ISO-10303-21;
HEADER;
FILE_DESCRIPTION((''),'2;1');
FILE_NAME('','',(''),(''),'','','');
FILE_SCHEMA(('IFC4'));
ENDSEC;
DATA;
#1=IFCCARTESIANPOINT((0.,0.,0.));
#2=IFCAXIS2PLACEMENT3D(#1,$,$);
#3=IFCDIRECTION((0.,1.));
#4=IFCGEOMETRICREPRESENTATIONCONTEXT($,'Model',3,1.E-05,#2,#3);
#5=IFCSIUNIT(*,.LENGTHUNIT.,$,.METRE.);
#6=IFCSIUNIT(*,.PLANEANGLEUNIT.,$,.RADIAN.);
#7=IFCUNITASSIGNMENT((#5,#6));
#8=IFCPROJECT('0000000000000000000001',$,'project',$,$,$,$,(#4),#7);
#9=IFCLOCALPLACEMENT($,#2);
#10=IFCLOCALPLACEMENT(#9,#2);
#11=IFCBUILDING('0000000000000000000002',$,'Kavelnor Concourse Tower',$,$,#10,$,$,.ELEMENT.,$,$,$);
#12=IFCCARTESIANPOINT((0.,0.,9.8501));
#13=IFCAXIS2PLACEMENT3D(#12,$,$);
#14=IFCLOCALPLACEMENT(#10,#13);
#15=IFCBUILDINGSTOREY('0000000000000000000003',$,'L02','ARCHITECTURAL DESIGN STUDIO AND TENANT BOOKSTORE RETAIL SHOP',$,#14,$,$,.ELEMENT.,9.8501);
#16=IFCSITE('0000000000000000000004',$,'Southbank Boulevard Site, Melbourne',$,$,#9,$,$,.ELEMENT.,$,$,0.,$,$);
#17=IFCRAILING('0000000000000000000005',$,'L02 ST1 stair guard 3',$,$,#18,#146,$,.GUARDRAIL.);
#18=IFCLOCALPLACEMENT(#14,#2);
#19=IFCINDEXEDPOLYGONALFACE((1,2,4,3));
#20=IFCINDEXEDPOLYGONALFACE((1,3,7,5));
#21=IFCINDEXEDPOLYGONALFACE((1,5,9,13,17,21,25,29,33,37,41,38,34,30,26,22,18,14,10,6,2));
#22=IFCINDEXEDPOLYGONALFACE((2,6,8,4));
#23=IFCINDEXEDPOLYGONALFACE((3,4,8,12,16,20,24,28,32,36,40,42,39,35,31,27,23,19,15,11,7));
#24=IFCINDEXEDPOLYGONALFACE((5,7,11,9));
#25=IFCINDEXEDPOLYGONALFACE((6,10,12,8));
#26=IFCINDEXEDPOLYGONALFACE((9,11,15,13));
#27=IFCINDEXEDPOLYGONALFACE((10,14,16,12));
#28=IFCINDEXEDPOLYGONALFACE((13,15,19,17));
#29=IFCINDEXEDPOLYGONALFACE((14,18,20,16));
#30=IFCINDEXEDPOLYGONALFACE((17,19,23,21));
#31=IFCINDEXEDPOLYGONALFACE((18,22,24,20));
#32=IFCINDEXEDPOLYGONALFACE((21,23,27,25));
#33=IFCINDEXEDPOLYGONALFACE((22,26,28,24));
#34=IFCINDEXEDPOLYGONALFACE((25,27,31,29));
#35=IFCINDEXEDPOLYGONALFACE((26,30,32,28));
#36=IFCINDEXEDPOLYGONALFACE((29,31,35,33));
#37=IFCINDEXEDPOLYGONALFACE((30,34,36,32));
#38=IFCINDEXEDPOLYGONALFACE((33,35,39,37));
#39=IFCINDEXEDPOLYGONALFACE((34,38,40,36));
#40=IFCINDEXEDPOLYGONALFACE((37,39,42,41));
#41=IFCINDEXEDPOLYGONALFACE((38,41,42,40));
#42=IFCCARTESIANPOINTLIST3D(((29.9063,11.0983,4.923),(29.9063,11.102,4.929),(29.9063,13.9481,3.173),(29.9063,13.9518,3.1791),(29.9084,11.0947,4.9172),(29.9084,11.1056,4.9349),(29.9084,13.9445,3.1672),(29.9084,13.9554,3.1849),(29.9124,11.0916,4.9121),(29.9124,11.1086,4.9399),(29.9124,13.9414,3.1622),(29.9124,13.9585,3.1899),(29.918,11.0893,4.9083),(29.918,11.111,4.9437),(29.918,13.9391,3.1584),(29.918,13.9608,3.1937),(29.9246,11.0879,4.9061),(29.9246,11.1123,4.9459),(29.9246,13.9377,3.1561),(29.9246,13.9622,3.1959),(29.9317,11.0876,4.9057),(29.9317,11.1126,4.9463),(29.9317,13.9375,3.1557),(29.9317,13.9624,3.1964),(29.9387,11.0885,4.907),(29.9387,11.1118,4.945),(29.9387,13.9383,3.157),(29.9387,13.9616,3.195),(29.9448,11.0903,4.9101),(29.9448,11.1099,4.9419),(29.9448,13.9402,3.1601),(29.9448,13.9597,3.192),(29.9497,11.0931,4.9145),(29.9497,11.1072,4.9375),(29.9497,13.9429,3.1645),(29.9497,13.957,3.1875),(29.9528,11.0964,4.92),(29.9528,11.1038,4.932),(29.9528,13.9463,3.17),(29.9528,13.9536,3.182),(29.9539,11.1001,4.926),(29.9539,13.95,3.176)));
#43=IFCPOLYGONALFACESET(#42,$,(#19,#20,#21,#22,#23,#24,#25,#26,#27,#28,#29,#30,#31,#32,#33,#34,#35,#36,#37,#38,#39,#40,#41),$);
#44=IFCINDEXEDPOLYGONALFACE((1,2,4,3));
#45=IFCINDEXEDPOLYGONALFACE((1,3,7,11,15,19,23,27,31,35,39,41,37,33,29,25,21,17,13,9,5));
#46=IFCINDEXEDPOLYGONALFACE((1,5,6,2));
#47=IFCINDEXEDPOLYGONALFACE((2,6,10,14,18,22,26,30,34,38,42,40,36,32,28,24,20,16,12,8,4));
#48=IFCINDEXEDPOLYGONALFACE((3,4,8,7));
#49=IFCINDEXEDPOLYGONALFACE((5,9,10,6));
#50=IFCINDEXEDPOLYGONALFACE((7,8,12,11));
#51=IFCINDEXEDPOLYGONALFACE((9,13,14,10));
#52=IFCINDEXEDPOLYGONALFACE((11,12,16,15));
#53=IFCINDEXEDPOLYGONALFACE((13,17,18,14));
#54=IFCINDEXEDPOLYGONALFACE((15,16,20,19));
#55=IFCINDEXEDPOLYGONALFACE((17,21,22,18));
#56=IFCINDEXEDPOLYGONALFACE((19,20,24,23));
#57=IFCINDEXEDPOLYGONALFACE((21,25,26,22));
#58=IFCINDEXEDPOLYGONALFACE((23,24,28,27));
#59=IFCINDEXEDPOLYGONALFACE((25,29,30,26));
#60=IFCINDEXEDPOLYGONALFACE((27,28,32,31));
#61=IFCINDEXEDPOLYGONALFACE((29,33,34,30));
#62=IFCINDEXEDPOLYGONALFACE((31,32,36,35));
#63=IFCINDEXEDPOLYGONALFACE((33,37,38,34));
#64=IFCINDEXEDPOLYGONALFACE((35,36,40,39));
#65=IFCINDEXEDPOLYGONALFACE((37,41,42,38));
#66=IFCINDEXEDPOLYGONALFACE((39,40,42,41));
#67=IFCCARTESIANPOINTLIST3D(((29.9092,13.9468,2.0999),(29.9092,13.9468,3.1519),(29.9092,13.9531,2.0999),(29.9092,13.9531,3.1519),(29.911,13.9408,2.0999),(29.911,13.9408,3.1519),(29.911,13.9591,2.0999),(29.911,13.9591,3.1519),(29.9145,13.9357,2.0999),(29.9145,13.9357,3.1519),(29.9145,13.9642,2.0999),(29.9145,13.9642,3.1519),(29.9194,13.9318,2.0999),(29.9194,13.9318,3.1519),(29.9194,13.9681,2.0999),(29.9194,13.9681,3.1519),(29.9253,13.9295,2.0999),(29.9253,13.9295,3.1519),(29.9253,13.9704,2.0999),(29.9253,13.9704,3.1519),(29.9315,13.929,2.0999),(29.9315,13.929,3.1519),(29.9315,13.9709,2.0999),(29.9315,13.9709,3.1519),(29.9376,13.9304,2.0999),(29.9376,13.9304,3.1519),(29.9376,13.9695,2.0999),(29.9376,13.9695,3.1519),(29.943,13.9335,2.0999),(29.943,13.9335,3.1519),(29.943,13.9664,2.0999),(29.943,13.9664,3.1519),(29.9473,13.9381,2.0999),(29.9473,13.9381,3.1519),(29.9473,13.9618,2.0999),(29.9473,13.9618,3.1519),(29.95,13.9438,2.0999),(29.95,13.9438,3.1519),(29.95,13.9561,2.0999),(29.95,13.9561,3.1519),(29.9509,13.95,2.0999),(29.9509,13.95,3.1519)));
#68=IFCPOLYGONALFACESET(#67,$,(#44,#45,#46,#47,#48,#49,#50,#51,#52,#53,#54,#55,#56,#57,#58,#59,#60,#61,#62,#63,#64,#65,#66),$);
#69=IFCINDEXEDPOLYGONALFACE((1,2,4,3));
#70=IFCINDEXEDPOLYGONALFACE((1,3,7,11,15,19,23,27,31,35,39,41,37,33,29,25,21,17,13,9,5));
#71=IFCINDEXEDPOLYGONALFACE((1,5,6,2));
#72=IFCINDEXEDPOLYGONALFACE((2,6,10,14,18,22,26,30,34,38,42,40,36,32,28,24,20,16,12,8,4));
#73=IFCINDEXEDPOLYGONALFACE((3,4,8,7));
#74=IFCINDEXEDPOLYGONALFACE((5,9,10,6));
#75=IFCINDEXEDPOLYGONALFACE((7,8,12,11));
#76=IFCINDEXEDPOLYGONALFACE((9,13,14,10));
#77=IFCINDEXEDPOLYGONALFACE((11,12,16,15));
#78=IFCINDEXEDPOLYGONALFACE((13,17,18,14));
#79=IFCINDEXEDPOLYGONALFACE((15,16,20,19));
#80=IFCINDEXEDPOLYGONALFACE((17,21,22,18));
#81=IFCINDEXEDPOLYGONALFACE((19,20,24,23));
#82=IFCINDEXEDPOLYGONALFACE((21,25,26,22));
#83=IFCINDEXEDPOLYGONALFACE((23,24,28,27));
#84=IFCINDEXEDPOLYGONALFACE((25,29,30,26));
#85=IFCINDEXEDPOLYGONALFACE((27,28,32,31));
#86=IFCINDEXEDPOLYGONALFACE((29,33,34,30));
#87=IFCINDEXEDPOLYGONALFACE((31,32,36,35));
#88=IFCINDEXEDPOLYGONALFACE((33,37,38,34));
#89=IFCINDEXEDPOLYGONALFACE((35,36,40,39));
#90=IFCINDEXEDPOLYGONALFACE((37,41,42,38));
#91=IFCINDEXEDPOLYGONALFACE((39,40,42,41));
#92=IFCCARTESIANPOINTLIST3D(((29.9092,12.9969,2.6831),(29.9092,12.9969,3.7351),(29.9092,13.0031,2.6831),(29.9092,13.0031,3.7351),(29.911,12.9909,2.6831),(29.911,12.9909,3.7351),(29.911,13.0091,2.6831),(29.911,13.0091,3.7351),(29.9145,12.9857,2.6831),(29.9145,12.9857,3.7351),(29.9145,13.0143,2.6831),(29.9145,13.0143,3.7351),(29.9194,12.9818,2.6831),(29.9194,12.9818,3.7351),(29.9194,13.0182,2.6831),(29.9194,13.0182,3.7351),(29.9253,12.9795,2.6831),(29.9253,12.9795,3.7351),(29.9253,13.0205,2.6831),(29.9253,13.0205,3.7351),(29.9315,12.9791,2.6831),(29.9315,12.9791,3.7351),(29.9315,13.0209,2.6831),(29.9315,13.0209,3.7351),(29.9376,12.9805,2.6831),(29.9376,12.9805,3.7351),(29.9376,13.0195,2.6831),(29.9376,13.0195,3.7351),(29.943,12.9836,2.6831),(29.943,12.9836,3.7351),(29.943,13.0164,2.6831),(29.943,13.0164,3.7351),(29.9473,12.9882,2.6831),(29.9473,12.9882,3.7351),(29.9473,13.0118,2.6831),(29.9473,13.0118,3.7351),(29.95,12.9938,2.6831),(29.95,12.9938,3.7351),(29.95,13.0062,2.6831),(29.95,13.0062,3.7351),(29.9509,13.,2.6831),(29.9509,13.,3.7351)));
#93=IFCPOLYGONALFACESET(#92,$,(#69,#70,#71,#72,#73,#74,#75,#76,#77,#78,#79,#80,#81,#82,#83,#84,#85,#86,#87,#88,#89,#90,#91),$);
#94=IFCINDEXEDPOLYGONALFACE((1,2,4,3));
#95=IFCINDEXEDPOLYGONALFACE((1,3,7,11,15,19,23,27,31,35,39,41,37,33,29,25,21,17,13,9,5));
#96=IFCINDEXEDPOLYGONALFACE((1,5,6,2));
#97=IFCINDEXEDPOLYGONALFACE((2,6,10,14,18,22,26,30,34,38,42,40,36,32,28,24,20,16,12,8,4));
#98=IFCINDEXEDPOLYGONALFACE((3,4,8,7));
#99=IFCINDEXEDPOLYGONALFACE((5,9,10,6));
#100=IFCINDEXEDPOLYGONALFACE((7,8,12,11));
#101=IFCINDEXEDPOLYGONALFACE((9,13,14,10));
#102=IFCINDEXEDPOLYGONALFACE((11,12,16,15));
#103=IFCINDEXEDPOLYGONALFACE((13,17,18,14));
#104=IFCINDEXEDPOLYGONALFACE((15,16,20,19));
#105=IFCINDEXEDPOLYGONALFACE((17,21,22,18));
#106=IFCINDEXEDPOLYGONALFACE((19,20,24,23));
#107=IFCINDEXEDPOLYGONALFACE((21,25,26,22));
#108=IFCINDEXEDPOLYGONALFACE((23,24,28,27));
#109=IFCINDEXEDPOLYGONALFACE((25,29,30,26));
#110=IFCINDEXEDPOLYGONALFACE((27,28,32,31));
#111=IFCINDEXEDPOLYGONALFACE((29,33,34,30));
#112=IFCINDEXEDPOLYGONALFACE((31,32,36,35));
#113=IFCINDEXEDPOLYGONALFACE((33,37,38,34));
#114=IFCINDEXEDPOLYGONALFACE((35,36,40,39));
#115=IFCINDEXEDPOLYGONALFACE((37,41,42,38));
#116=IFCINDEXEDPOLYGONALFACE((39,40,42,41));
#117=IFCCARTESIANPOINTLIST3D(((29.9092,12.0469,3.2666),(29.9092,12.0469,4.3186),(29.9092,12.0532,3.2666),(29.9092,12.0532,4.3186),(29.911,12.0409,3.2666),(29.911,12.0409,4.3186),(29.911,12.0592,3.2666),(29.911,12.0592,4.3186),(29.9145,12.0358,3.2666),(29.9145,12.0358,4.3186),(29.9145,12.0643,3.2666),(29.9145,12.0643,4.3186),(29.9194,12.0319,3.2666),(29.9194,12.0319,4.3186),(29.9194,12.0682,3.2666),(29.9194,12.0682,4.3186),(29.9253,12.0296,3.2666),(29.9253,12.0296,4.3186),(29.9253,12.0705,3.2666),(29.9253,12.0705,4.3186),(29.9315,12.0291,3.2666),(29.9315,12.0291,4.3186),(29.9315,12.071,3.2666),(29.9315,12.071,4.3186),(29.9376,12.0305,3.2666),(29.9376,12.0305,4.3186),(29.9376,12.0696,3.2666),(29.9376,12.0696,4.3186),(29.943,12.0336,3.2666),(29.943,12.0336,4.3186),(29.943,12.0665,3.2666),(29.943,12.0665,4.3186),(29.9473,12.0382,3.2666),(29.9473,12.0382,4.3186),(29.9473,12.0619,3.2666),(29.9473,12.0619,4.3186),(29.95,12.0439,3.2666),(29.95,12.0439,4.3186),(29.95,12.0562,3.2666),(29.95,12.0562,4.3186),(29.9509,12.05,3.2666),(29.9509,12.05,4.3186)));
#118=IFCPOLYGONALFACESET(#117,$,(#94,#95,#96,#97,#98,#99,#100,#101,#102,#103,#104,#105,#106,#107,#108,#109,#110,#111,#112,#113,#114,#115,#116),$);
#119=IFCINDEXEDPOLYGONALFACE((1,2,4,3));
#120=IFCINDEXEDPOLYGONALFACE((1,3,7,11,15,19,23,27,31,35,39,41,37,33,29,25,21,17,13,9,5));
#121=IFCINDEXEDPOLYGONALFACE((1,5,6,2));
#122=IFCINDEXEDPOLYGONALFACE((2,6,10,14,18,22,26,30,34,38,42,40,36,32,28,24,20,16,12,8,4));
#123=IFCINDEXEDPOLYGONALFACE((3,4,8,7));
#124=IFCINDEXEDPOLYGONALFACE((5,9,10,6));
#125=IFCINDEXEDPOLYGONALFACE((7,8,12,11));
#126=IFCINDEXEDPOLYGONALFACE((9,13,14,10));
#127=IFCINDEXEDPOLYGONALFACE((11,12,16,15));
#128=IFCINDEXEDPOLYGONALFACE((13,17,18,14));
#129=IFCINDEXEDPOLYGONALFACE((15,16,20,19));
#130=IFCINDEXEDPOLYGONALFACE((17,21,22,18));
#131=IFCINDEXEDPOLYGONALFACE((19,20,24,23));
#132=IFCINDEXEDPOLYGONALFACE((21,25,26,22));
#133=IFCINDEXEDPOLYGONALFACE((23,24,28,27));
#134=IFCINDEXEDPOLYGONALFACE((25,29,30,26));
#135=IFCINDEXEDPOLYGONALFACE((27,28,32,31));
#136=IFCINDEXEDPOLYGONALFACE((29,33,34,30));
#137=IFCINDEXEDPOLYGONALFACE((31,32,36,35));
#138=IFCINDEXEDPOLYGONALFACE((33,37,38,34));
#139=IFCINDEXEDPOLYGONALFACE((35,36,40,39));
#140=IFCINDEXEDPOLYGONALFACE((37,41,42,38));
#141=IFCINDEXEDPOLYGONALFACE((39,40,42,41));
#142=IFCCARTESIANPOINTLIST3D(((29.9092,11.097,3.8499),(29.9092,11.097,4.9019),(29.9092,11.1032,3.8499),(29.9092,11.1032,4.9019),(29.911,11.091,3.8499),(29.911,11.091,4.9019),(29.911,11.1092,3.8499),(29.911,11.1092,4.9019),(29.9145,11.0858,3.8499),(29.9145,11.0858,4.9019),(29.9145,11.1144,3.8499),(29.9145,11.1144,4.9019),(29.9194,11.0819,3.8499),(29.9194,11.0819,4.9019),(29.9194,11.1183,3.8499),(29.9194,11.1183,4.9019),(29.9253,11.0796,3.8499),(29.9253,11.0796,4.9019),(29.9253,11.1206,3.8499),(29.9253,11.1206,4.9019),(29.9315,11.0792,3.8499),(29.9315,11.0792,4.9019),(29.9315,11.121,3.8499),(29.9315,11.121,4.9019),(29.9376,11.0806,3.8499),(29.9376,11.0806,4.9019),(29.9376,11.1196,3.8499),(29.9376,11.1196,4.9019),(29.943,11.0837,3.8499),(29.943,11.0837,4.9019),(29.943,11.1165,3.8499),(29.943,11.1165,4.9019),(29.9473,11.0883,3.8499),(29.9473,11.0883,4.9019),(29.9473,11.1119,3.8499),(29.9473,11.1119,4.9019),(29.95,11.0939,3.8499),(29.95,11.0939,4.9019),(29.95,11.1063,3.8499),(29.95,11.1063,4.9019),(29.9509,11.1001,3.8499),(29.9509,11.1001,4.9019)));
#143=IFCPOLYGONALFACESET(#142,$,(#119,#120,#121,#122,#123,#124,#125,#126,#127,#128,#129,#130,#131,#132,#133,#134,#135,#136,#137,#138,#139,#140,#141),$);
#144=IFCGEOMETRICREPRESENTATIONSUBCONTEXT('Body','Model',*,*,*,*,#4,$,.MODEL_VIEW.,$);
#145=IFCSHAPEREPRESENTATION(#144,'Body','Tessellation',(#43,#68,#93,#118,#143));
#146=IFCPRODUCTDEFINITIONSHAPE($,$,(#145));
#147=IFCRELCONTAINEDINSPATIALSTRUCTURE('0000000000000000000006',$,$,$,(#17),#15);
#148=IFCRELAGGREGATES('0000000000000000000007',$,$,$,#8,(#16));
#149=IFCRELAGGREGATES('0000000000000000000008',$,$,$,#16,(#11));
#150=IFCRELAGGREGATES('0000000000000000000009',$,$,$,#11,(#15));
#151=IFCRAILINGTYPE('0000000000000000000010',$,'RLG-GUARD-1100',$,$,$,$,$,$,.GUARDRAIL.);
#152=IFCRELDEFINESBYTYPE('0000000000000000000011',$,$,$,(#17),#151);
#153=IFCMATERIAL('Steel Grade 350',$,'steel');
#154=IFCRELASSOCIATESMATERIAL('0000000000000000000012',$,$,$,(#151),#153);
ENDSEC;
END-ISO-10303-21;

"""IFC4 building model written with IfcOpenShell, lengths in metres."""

from ifc_helpers import new_model, si_unit, direction, frame, origin, origin_2d, place, context, subcontext, project, spatial, circle, extrude, material, type_object, element, save


model = new_model("IFC4")

# Units and contexts
model_context = context("Model", 3, precision=1e-05, world=origin(), true_north=direction((0.0, 1.0)))
body_context = subcontext(model_context, "Body", "Model", "MODEL_VIEW")
ifc_project = project(units=[si_unit("LENGTHUNIT", "METRE"), si_unit("PLANEANGLEUNIT", "RADIAN")], contexts=[model_context])

# Site, building, storey
site_placement = place(None, origin())
site = spatial("IfcSite", under=ifc_project, at=site_placement, Name="Southbank Boulevard Site, Melbourne", CompositionType="ELEMENT", RefElevation=0.0)
building_placement = place(site_placement, origin())
building = spatial("IfcBuilding", under=site, at=building_placement, Name="Kavelnor Concourse Tower", CompositionType="ELEMENT")
storey_placement = place(building_placement, frame((0.0, 0.0, 9.8501)))
storey = spatial("IfcBuildingStorey", under=building, at=storey_placement, Name="L02", Description="ARCHITECTURAL DESIGN STUDIO AND TENANT BOOKSTORE RETAIL SHOP", CompositionType="ELEMENT", Elevation=9.8501)

# Shared definitions
ifc_material_1 = material(Name="Steel Grade 350", Category="steel")

# Railing
railing_type_1 = type_object("IfcRailingType", Name="RLG-GUARD-1100", PredefinedType="GUARDRAIL", material=ifc_material_1)
railing_1_placement = place(storey_placement, frame((29.9299, 13.95, 2.0999)))
element("IfcRailing", 1, at=railing_1_placement, inside=storey, type_object=railing_type_1, Name="L02 ST1 stair guard 3", PredefinedType="GUARDRAIL", context=body_context, shape_type="SweptSolid", body=[
    extrude(circle(Radius=0.0239, at=origin_2d()), frame((0.0, 0.0, 1.0762), z_axis=(0.0, -0.852159, 0.523283), x_axis=(1.0, 0.0, 0.0)), (0.0, 0.0, 1.0), 3.3442),
    extrude(circle(Radius=0.021, at=origin_2d()), origin(), (0.0, 0.0, 1.0), 1.052),
    extrude(circle(Radius=0.021, at=origin_2d()), frame((0.0, -0.95, 0.5833)), (0.0, 0.0, 1.0), 1.052),
    extrude(circle(Radius=0.021, at=origin_2d()), frame((0.0, -1.8999, 1.1667)), (0.0, 0.0, 1.0), 1.052),
    extrude(circle(Radius=0.021, at=origin_2d()), frame((0.0, -2.8499, 1.75)), (0.0, 0.0, 1.0), 1.052),
])

save(model, "model.ifc")
